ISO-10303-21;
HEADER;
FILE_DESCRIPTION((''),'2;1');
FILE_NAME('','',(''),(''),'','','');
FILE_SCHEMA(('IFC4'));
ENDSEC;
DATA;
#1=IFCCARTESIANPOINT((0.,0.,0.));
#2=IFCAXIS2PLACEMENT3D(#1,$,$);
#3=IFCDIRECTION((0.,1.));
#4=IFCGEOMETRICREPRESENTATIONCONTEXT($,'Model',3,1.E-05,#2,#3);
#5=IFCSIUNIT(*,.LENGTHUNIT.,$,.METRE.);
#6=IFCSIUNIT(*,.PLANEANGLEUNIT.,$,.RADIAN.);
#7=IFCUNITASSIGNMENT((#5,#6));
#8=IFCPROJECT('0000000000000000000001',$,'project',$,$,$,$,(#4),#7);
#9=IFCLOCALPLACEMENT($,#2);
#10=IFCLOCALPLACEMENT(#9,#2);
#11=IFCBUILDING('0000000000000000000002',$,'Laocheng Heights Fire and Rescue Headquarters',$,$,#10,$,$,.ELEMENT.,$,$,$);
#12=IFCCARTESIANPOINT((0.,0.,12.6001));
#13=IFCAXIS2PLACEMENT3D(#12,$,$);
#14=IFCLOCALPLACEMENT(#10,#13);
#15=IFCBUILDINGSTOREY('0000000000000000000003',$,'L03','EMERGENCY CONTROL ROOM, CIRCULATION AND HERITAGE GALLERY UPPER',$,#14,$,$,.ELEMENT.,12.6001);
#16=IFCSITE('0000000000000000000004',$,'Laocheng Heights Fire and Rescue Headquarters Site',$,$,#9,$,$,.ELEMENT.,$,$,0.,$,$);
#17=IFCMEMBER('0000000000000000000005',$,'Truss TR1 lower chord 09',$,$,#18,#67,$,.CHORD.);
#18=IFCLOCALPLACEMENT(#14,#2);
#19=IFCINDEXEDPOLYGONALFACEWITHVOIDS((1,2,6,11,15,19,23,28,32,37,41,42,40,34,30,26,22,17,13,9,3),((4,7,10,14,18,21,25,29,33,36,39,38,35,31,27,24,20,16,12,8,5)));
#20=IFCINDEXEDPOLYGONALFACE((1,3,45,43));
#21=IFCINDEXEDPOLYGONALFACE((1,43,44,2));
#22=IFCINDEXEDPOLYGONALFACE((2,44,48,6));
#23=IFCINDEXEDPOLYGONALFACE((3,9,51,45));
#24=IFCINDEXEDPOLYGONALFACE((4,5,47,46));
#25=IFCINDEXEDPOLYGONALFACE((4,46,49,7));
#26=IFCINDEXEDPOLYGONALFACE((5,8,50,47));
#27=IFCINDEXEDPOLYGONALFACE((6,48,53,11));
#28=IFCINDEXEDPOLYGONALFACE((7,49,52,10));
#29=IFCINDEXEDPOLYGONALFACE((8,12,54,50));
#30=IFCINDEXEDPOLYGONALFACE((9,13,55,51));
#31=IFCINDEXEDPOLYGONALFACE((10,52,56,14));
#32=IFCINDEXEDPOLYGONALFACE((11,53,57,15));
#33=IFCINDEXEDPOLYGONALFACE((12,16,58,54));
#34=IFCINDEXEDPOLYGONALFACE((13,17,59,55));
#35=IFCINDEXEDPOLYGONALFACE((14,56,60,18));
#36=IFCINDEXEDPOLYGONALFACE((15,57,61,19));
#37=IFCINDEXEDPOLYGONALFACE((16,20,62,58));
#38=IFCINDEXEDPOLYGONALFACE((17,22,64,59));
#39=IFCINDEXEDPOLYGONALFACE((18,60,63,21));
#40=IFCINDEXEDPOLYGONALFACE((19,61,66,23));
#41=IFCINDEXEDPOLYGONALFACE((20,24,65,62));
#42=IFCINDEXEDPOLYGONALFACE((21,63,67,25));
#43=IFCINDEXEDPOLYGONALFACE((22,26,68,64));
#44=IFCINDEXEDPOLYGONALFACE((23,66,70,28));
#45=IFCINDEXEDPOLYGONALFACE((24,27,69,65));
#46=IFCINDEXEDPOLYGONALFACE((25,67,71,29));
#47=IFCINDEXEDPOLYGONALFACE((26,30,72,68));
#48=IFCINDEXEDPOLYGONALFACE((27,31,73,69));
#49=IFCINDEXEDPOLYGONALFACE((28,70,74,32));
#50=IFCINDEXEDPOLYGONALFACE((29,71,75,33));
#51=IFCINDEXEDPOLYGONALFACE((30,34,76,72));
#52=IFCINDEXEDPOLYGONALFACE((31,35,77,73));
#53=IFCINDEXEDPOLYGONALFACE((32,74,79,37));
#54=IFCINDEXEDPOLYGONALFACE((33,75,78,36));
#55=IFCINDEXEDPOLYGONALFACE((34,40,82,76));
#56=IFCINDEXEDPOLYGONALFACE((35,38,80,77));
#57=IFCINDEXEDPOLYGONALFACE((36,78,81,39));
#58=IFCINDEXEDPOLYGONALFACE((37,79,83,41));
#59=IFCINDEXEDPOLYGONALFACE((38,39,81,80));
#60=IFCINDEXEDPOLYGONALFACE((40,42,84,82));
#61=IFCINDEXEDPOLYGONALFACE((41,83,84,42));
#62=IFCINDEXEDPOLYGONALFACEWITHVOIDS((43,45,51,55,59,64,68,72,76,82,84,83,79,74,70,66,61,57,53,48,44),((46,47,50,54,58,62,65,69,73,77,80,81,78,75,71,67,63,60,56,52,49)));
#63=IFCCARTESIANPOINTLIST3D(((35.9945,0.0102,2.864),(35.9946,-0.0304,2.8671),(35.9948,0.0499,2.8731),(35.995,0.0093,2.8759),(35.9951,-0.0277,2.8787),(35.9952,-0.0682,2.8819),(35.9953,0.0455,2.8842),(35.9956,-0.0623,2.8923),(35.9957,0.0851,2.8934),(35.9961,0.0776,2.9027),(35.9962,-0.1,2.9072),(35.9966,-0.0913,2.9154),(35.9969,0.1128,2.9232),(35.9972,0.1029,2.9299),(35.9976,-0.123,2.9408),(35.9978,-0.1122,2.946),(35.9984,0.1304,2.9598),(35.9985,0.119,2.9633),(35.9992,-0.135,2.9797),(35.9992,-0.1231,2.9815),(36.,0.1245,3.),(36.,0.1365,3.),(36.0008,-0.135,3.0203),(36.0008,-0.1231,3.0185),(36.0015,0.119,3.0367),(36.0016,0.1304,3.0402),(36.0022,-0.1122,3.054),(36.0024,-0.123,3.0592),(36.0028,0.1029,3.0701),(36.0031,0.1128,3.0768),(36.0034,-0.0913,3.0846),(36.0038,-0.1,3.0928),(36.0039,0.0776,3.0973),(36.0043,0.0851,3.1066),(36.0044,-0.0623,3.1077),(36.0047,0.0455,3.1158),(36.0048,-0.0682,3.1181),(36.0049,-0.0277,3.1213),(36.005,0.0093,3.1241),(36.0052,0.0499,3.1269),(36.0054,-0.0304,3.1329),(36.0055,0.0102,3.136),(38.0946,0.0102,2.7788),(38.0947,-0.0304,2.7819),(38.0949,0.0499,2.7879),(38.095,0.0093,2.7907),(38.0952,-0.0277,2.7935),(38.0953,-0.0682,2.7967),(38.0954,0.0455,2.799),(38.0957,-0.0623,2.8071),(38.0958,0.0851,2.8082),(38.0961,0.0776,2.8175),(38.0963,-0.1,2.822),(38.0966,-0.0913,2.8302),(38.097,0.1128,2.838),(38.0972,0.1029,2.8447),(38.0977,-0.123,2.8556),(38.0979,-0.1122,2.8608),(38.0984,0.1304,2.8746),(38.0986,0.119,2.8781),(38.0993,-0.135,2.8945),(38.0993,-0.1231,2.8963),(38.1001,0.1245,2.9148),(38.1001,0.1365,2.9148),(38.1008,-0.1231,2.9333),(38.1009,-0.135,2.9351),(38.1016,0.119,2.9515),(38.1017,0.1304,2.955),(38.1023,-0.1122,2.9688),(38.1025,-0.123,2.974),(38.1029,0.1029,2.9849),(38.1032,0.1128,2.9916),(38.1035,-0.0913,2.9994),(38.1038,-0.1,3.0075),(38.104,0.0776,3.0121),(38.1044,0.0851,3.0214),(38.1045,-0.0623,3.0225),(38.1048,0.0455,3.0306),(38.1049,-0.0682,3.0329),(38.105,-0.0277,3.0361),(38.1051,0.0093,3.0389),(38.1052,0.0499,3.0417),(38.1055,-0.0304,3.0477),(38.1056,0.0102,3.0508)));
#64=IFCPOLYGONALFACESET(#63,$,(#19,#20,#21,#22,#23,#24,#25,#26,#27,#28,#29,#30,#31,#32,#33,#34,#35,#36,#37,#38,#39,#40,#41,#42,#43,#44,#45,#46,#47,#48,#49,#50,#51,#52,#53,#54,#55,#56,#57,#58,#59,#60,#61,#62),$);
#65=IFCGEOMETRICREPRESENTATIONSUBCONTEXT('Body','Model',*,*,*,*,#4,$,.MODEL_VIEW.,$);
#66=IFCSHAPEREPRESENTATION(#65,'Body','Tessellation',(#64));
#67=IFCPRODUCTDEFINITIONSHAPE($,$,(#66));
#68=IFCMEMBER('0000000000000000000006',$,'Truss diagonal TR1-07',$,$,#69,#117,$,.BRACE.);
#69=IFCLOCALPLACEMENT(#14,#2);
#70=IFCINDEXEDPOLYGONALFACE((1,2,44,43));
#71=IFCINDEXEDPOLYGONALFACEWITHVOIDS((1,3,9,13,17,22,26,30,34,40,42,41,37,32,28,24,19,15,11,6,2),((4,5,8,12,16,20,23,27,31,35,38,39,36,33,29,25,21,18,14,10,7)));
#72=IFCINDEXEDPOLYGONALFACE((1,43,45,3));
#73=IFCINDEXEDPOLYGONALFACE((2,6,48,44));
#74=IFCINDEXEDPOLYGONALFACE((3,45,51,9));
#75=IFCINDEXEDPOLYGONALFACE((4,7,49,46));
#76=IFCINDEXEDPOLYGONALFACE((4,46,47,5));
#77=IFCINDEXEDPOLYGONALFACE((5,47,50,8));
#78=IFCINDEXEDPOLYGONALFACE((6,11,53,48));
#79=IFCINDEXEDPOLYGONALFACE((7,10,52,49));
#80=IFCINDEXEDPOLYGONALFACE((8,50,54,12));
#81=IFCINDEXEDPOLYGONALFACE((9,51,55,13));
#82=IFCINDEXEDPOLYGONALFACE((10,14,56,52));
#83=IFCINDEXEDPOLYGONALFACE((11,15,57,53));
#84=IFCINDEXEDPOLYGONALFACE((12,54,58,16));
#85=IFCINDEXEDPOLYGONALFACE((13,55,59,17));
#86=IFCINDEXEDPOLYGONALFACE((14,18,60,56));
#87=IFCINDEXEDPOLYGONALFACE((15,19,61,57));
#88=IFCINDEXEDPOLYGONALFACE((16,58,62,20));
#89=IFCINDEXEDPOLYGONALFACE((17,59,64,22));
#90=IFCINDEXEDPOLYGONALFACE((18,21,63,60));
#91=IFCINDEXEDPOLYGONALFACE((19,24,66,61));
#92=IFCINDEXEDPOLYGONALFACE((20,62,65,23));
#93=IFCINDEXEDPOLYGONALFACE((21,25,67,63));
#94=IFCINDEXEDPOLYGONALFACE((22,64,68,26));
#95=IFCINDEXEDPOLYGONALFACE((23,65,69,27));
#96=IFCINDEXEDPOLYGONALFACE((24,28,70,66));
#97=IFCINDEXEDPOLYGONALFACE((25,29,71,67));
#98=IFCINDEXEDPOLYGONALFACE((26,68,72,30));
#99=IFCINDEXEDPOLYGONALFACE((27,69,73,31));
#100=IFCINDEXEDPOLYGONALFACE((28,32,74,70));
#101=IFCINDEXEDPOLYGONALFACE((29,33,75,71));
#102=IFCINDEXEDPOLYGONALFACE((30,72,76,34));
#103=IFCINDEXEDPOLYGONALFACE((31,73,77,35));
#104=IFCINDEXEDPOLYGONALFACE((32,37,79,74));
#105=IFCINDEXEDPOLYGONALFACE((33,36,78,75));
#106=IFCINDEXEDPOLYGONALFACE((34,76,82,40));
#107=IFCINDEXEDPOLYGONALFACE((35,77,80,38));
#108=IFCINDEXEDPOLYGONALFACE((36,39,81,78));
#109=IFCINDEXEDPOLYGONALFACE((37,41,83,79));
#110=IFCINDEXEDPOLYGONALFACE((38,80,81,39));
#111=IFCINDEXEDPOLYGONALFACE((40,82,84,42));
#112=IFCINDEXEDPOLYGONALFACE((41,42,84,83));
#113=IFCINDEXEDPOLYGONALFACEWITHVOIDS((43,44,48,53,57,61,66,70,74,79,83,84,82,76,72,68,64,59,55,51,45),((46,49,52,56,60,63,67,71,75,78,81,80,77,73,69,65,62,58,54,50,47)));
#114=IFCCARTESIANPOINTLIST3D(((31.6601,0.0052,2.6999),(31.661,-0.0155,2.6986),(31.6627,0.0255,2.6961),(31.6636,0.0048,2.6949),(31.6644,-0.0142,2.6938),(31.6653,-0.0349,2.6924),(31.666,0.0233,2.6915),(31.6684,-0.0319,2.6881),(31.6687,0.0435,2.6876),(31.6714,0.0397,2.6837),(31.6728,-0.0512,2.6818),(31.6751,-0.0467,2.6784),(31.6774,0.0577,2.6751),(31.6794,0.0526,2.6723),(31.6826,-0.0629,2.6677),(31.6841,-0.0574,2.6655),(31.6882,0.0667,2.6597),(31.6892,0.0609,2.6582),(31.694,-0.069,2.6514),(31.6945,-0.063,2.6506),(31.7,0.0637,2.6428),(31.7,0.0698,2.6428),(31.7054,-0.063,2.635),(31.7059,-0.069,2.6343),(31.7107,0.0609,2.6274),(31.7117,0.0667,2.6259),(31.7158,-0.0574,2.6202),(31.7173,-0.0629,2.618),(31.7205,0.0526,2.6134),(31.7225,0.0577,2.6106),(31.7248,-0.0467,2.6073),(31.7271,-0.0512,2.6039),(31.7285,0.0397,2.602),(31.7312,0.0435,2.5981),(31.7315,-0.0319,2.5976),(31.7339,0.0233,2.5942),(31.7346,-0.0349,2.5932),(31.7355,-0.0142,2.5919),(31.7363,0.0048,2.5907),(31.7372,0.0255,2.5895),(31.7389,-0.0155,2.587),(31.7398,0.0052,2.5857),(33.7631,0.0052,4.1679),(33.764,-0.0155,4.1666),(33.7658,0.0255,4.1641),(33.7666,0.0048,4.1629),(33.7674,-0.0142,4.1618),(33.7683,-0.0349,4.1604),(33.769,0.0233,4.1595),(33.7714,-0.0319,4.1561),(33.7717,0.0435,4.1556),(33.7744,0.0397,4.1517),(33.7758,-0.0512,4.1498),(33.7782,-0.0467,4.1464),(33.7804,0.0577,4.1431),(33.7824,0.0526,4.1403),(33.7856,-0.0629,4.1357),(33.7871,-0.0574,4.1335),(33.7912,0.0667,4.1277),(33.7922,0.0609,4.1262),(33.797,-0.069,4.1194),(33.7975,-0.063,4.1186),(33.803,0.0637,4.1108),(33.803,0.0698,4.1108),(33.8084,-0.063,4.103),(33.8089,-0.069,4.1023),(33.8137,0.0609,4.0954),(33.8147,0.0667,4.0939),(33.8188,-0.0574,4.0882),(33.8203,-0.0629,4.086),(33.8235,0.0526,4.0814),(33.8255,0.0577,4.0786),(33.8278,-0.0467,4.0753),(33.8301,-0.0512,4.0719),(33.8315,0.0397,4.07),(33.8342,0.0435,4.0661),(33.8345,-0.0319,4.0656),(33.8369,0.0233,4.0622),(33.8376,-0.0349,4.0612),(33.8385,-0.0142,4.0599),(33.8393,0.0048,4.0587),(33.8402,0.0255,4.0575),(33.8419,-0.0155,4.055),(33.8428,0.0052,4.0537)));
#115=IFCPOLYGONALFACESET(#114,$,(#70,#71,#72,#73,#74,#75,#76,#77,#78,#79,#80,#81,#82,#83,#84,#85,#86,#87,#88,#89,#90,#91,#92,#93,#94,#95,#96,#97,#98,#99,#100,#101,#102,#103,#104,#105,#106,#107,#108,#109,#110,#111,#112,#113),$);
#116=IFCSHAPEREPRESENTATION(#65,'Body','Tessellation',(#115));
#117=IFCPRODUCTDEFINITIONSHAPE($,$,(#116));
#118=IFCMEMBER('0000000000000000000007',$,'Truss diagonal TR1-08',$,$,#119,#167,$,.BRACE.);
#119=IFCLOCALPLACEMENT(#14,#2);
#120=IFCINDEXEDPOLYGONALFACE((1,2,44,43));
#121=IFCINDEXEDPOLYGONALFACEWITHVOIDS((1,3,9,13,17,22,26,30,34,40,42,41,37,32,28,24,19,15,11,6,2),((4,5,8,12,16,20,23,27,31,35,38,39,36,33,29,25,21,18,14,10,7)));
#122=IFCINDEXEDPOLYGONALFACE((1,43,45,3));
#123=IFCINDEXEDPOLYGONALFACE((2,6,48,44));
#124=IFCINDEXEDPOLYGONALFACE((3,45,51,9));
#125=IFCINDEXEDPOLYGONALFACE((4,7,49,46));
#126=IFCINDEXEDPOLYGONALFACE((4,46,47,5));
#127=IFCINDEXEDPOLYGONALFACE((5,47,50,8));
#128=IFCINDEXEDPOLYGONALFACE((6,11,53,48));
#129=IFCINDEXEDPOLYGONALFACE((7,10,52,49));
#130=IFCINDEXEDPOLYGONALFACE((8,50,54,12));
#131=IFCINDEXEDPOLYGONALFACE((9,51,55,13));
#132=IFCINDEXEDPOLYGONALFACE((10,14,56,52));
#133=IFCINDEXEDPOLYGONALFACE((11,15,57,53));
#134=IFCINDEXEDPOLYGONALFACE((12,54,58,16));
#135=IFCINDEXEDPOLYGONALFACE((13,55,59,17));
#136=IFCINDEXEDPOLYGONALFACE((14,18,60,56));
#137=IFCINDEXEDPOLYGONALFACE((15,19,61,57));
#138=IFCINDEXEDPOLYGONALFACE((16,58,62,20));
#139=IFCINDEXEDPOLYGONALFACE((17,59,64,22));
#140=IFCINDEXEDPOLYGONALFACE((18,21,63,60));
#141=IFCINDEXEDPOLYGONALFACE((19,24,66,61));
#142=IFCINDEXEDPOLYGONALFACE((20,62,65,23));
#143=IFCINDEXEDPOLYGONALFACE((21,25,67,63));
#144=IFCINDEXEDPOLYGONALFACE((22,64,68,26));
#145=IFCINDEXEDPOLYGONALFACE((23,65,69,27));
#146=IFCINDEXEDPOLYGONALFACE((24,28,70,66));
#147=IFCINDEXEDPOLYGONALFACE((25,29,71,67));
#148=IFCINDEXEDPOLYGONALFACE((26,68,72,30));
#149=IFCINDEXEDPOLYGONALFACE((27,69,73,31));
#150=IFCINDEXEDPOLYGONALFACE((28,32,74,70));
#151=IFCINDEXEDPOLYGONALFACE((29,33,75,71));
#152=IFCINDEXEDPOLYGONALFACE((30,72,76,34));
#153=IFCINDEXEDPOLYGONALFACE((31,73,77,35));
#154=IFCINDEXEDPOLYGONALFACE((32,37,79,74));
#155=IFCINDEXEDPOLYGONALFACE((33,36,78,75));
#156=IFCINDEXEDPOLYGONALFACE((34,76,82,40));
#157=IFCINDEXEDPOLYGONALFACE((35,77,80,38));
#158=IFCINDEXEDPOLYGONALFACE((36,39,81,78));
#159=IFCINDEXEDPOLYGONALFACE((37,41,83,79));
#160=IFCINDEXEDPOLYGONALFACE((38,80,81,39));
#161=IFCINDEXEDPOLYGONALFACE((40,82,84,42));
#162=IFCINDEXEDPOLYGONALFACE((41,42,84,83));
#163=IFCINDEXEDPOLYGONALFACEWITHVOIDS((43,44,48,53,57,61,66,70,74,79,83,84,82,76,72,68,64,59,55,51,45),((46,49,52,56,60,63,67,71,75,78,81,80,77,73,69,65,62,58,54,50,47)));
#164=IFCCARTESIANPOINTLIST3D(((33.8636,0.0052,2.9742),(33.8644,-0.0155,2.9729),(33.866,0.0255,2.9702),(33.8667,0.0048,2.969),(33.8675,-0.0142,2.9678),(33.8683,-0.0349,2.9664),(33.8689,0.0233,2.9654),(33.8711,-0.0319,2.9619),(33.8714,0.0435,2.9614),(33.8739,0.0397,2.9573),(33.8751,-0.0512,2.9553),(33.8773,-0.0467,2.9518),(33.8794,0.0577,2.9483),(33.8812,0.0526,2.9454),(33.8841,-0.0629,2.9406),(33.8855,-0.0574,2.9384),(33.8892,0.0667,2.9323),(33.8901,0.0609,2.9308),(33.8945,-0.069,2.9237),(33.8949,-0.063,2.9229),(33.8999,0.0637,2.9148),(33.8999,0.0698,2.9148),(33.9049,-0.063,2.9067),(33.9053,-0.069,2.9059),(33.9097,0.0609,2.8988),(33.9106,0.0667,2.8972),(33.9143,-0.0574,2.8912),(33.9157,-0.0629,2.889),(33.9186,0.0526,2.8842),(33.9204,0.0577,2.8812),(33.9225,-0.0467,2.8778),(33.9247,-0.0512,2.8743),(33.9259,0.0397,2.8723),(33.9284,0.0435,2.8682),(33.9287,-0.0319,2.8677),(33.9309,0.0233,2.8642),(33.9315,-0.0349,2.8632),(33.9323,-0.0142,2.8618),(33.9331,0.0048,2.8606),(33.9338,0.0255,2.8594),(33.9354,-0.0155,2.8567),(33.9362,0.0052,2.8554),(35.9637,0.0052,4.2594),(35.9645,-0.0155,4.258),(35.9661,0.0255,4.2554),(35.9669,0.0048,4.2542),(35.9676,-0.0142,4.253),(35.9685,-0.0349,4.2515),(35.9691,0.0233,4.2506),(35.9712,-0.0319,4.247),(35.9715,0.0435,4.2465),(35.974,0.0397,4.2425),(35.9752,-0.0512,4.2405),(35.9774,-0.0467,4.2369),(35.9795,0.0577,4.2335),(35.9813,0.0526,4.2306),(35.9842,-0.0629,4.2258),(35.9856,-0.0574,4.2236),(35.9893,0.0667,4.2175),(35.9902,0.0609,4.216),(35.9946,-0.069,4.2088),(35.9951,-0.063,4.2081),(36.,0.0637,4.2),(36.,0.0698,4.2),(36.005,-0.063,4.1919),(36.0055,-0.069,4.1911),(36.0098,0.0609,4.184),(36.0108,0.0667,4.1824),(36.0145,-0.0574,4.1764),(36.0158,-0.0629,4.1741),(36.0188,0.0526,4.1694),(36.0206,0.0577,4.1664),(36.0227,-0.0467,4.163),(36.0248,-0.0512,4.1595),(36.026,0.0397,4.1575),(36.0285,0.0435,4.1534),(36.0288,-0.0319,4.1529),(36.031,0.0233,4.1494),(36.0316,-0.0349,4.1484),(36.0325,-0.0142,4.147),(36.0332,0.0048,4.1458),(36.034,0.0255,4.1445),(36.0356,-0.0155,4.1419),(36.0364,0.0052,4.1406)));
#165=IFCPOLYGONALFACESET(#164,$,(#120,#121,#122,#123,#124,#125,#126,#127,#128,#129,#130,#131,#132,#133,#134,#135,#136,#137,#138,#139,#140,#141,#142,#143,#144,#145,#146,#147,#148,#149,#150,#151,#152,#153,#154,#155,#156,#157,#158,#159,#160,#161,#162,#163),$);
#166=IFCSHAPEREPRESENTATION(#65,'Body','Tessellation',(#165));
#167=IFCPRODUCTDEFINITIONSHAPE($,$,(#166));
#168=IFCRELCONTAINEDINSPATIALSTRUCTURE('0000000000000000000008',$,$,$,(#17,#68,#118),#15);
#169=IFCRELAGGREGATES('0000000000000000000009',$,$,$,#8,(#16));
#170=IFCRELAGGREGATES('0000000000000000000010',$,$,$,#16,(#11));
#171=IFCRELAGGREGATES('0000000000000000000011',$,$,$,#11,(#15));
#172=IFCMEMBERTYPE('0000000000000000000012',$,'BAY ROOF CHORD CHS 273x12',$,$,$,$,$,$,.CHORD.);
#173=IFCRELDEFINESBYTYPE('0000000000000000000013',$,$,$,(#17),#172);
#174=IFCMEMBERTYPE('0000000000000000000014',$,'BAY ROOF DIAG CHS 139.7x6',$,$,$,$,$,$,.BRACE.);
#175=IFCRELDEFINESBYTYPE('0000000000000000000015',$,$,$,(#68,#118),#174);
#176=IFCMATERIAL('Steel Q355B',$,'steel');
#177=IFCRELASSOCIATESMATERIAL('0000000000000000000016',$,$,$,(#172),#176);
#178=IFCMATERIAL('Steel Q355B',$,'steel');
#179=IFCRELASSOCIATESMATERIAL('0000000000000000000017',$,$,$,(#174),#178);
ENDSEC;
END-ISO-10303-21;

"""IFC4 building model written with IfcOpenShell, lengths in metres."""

from ifc_helpers import new_model, si_unit, direction, frame, origin, origin_2d, place, context, subcontext, project, spatial, hollow_circle, extrude, material, material_profile, profile_set, type_object, element, save


model = new_model("IFC4")

# Units and contexts
model_context = context("Model", 3, precision=1e-05, world=origin(), true_north=direction((0.0, 1.0)))
body_context = subcontext(model_context, "Body", "Model", "MODEL_VIEW")
ifc_project = project(units=[si_unit("LENGTHUNIT", "METRE"), si_unit("PLANEANGLEUNIT", "RADIAN")], contexts=[model_context])

# Site, building, storey
site_placement = place(None, origin())
site = spatial("IfcSite", under=ifc_project, at=site_placement, Name="Laocheng Heights Fire and Rescue Headquarters Site", CompositionType="ELEMENT", RefElevation=0.0)
building_placement = place(site_placement, origin())
building = spatial("IfcBuilding", under=site, at=building_placement, Name="Laocheng Heights Fire and Rescue Headquarters", CompositionType="ELEMENT")
storey_placement = place(building_placement, frame((0.0, 0.0, 12.6001)))
storey = spatial("IfcBuildingStorey", under=building, at=storey_placement, Name="L03", Description="EMERGENCY CONTROL ROOM, CIRCULATION AND HERITAGE GALLERY UPPER", CompositionType="ELEMENT", Elevation=12.6001)

# Members
ifc_material_1 = material(Name="Steel Q355B", Category="steel")
ifc_material_profile_1 = material_profile(ifc_material_1, hollow_circle(Radius=0.1365, WallThickness=0.012, at=origin_2d()), Name="CHS 273x12")
ifc_profile_set_1 = profile_set([ifc_material_profile_1], Name="Steel Q355B")
member_type_1 = type_object("IfcMemberType", Name="BAY ROOF CHORD CHS 273x12", PredefinedType="CHORD", material=ifc_profile_set_1)
for number, where, z_axis, x_axis, name in (
    (1, (36.0, 0.0, 3.0), (0.999178, 0.0, -0.040539), (0.0, 1.0, 0.0), "Truss TR1 lower chord 09"),
):
    element("IfcMember", number, at=place(storey_placement, frame(where, z_axis=z_axis, x_axis=x_axis)), inside=storey, type_object=member_type_1, Name=name, PredefinedType="CHORD", context=body_context, shape_type="SweptSolid", body=[
        extrude(hollow_circle(Radius=0.1365, WallThickness=0.012, at=origin_2d()), origin(), (0.0, 0.0, 1.0), 2.1018),
    ])
ifc_material_2 = material(Name="Steel Q355B", Category="steel")
ifc_material_profile_2 = material_profile(ifc_material_2, hollow_circle(Radius=0.0698, WallThickness=0.0061, at=origin_2d()), Name="CHS 139.7x6")
ifc_profile_set_2 = profile_set([ifc_material_profile_2], Name="Steel Q355B")
member_type_2 = type_object("IfcMemberType", Name="BAY ROOF DIAG CHS 139.7x6", PredefinedType="BRACE", material=ifc_profile_set_2)
member_1_placement = place(storey_placement, frame((31.7, 0.0, 2.6428), z_axis=(0.819983, 0.0, 0.572389), x_axis=(0.0, 1.0, 0.0)))
element("IfcMember", 2, at=member_1_placement, inside=storey, type_object=member_type_2, Name="Truss diagonal TR1-07", PredefinedType="BRACE", context=body_context, shape_type="SweptSolid", body=[
    extrude(hollow_circle(Radius=0.0698, WallThickness=0.0061, at=origin_2d()), origin(), (0.0, 0.0, 1.0), 2.5647),
])
member_2_placement = place(storey_placement, frame((33.8999, 0.0, 2.9148), z_axis=(0.852963, 0.0, 0.521971), x_axis=(0.0, 1.0, 0.0)))
element("IfcMember", 3, at=member_2_placement, inside=storey, type_object=member_type_2, Name="Truss diagonal TR1-08", PredefinedType="BRACE", context=body_context, shape_type="SweptSolid", body=[
    extrude(hollow_circle(Radius=0.0698, WallThickness=0.0061, at=origin_2d()), origin(), (0.0, 0.0, 1.0), 2.4622),
])

save(model, "model.ifc")
